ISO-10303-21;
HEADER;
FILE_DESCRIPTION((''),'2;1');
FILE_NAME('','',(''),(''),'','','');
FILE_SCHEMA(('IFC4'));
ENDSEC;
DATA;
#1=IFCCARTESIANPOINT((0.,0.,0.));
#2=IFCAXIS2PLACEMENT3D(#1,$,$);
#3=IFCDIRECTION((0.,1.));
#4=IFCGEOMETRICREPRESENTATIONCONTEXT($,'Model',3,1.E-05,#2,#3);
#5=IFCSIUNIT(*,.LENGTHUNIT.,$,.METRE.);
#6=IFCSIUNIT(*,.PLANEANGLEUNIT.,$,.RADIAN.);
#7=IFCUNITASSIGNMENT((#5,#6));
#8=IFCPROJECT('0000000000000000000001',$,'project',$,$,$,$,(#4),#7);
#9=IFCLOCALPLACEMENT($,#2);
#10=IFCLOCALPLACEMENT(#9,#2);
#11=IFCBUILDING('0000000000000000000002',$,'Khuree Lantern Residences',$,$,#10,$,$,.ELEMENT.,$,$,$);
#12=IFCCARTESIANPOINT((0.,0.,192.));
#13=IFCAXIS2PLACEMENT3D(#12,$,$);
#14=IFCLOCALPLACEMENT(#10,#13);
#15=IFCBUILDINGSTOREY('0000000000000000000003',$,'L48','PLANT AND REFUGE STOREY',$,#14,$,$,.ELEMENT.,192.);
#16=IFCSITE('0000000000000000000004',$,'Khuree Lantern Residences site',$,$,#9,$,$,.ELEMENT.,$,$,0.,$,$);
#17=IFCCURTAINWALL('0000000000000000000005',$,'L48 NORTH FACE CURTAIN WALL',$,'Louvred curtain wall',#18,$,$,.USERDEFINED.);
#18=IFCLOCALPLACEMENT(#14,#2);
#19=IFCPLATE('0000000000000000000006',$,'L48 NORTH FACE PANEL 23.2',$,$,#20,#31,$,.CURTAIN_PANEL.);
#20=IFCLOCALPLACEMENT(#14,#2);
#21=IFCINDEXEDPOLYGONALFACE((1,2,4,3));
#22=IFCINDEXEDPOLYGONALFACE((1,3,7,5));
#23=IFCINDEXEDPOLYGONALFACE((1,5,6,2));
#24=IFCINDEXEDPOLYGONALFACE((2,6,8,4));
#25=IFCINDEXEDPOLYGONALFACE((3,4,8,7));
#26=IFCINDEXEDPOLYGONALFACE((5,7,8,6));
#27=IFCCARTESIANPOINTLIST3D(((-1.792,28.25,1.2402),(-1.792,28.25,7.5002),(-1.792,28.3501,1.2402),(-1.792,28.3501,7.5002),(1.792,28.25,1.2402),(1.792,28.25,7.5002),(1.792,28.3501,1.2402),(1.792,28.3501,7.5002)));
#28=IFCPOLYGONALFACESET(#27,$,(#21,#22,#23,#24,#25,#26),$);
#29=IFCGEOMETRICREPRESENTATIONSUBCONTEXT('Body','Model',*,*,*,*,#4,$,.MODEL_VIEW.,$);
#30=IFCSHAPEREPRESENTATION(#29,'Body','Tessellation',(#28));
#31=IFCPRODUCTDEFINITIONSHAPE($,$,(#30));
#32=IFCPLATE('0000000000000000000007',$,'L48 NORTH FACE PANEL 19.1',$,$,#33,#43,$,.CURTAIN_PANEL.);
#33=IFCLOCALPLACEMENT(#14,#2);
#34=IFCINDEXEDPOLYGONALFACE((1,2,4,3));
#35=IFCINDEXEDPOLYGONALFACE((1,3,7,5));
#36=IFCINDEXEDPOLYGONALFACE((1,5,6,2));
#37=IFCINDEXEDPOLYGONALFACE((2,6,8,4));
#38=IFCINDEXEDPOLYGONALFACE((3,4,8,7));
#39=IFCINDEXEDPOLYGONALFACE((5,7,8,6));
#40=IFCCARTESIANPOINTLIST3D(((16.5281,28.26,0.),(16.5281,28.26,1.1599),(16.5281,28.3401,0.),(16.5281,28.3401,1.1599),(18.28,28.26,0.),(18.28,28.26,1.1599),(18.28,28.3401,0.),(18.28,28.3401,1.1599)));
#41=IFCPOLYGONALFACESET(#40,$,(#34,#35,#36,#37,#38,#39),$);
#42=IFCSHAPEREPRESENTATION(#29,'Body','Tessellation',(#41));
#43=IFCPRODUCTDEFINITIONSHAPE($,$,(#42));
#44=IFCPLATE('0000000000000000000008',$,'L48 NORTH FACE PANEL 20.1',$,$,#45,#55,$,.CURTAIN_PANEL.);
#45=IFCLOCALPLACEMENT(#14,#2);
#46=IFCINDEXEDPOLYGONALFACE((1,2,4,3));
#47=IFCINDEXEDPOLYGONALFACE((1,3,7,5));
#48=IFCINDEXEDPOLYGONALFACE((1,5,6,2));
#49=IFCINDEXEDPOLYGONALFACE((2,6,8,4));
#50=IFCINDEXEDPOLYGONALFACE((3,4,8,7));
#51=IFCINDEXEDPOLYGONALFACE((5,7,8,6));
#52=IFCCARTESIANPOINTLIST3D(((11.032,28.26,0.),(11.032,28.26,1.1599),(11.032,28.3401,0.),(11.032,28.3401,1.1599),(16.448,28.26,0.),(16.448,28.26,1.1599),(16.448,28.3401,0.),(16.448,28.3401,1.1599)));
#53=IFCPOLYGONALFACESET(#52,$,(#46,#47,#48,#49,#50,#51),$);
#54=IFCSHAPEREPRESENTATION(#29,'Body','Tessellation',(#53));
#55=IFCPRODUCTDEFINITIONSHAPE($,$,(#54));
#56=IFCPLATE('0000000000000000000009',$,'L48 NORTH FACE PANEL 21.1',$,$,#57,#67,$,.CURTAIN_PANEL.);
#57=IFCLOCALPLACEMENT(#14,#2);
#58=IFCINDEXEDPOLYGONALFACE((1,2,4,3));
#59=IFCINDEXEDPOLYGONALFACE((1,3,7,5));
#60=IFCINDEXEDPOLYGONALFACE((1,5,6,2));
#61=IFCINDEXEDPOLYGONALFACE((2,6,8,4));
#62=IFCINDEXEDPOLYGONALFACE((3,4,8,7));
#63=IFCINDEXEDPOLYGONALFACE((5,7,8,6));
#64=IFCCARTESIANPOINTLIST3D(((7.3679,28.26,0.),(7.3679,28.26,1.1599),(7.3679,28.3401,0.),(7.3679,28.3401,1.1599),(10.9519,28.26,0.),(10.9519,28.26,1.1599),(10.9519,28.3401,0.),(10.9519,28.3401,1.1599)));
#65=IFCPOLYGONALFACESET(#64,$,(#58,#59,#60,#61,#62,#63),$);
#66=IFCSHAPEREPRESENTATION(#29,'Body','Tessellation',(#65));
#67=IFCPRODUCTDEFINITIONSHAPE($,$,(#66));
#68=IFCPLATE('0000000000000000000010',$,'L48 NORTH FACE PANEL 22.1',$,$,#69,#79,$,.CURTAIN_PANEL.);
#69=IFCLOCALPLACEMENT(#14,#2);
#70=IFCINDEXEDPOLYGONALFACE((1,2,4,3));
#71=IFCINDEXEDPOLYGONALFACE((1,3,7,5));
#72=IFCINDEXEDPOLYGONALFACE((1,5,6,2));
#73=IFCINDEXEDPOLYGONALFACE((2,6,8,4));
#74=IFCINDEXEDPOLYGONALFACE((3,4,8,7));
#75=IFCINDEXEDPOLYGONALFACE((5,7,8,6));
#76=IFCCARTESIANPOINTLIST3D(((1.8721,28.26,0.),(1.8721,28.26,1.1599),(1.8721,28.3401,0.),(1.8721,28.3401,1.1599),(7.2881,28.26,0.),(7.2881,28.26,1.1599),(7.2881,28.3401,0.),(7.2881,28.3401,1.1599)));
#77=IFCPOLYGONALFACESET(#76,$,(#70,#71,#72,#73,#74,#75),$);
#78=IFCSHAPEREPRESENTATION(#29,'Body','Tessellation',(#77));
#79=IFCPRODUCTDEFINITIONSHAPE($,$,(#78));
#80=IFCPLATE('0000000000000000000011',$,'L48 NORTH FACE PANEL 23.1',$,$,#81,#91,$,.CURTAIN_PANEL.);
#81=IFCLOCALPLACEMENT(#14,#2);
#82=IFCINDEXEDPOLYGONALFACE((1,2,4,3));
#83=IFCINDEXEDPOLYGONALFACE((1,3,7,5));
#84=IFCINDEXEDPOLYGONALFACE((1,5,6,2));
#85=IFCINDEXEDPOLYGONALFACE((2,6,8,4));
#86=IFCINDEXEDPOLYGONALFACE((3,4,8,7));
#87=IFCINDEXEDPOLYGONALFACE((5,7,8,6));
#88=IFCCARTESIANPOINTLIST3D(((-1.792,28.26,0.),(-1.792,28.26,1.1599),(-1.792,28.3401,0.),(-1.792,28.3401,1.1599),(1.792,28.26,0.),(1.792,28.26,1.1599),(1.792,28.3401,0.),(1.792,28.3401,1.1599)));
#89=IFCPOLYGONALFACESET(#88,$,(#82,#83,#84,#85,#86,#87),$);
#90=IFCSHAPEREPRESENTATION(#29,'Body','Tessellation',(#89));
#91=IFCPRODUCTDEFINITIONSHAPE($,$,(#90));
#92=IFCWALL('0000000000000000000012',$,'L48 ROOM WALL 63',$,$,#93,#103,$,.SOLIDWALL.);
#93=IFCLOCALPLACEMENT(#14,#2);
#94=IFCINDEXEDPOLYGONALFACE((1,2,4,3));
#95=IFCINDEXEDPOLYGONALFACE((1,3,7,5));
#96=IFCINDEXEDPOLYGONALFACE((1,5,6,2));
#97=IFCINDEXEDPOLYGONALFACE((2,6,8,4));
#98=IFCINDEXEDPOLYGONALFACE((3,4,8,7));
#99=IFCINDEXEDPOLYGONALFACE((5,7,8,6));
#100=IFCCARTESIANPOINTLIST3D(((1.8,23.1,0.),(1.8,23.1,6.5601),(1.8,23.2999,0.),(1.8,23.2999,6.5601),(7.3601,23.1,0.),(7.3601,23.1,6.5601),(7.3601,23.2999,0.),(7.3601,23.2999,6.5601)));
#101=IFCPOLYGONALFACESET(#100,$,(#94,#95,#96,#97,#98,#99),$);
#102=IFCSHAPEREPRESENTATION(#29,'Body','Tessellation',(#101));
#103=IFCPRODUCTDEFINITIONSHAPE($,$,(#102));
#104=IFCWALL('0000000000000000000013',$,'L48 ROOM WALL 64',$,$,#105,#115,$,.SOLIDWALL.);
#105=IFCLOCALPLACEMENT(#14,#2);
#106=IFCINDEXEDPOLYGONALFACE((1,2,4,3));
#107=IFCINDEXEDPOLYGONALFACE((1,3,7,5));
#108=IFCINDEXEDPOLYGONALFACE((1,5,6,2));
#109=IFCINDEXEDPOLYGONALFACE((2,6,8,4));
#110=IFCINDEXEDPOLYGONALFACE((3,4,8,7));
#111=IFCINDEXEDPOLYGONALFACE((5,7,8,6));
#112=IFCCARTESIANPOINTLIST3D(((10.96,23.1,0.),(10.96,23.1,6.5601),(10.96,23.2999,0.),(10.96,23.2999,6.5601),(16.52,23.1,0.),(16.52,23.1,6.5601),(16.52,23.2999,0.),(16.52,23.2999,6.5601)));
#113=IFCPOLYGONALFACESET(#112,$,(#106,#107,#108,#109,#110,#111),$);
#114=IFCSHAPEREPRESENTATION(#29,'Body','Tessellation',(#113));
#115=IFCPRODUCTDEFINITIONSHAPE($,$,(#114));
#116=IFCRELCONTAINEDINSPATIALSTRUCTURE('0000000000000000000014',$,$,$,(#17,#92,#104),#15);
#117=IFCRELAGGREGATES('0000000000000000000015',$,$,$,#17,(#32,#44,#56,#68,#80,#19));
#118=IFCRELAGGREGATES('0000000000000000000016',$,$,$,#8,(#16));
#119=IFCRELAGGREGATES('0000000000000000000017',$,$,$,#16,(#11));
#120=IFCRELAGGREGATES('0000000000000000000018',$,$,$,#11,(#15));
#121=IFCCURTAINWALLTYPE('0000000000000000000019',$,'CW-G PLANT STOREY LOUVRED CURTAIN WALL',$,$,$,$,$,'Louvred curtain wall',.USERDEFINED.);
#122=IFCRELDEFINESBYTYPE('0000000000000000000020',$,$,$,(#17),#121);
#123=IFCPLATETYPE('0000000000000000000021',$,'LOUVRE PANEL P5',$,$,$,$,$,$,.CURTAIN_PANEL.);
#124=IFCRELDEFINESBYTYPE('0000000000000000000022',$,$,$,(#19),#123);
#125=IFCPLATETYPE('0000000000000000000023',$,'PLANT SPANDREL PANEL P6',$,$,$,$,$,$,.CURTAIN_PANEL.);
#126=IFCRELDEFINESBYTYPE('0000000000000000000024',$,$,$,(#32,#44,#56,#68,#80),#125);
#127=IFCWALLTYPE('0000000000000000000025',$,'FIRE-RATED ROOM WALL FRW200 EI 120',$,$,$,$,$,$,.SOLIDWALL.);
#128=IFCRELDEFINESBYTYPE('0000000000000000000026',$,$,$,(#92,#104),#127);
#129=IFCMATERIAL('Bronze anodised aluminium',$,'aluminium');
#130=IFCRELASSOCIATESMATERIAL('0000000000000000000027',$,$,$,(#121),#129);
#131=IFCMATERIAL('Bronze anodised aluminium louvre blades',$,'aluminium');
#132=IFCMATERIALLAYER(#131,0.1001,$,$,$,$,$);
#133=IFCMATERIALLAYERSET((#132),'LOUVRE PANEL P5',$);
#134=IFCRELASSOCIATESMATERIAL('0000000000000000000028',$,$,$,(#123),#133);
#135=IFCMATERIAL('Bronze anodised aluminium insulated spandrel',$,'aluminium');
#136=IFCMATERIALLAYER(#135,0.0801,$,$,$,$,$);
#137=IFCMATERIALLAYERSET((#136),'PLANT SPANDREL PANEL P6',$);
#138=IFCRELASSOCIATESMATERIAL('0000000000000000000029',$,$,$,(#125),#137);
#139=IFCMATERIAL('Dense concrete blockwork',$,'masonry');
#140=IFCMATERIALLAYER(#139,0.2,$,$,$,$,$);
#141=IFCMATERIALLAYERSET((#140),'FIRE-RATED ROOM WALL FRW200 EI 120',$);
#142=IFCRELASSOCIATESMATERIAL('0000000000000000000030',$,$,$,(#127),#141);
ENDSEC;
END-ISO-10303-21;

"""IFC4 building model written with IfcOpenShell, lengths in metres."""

from ifc_helpers import new_model, si_unit, direction, frame, frame_2d, origin, origin_2d, place, context, subcontext, project, spatial, rectangle, extrude, material, layer, layer_set, type_object, element, aggregate, save


model = new_model("IFC4")

# Units and contexts
model_context = context("Model", 3, precision=1e-05, world=origin(), true_north=direction((0.0, 1.0)))
body_context = subcontext(model_context, "Body", "Model", "MODEL_VIEW")
ifc_project = project(units=[si_unit("LENGTHUNIT", "METRE"), si_unit("PLANEANGLEUNIT", "RADIAN")], contexts=[model_context])

# Site, building, storey
site_placement = place(None, origin())
site = spatial("IfcSite", under=ifc_project, at=site_placement, Name="Khuree Lantern Residences site", CompositionType="ELEMENT", RefElevation=0.0)
building_placement = place(site_placement, origin())
building = spatial("IfcBuilding", under=site, at=building_placement, Name="Khuree Lantern Residences", CompositionType="ELEMENT")
storey_placement = place(building_placement, frame((0.0, 0.0, 192.0)))
storey = spatial("IfcBuildingStorey", under=building, at=storey_placement, Name="L48", Description="PLANT AND REFUGE STOREY", CompositionType="ELEMENT", Elevation=192.0)

# Curtain wall
ifc_material_1 = material(Name="Bronze anodised aluminium", Category="aluminium")
curtain_wall_type = type_object("IfcCurtainWallType", Name="CW-G PLANT STOREY LOUVRED CURTAIN WALL", ElementType="Louvred curtain wall", PredefinedType="USERDEFINED", material=ifc_material_1)
curtain_wall_placement = place(storey_placement, origin())
curtain_wall = element("IfcCurtainWall", 1, at=curtain_wall_placement, inside=storey, type_object=curtain_wall_type, Name="L48 NORTH FACE CURTAIN WALL", ObjectType="Louvred curtain wall", PredefinedType="USERDEFINED")

# Plates
ifc_material_2 = material(Name="Bronze anodised aluminium louvre blades", Category="aluminium")
ifc_layer_1 = layer(ifc_material_2, 0.1001)
ifc_layer_set_1 = layer_set([ifc_layer_1], Name="LOUVRE PANEL P5")
plate_type_1 = type_object("IfcPlateType", Name="LOUVRE PANEL P5", PredefinedType="CURTAIN_PANEL", material=ifc_layer_set_1)
plate_1_placement = place(storey_placement, frame((0.0, 28.3, 1.2402), z_axis=(0.0, 0.0, 1.0), x_axis=(-1.0, 0.0, 0.0)))
plate_1 = element("IfcPlate", 2, at=plate_1_placement, type_object=plate_type_1, Name="L48 NORTH FACE PANEL 23.2", PredefinedType="CURTAIN_PANEL", context=body_context, shape_type="SweptSolid", body=[
    extrude(rectangle(XDim=3.584, YDim=0.1001, at=origin_2d()), origin(), (0.0, 0.0, 1.0), 6.26),
])
ifc_material_3 = material(Name="Bronze anodised aluminium insulated spandrel", Category="aluminium")
ifc_layer_2 = layer(ifc_material_3, 0.0801)
ifc_layer_set_2 = layer_set([ifc_layer_2], Name="PLANT SPANDREL PANEL P6")
plate_type_2 = type_object("IfcPlateType", Name="PLANT SPANDREL PANEL P6", PredefinedType="CURTAIN_PANEL", material=ifc_layer_set_2)
plate_2_placement = place(storey_placement, frame((17.4041, 28.3, 0.0), z_axis=(0.0, 0.0, 1.0), x_axis=(-1.0, 0.0, 0.0)))
plate_2 = element("IfcPlate", 3, at=plate_2_placement, type_object=plate_type_2, Name="L48 NORTH FACE PANEL 19.1", PredefinedType="CURTAIN_PANEL", context=body_context, shape_type="SweptSolid", body=[
    extrude(rectangle(XDim=1.752, YDim=0.0801, at=origin_2d()), origin(), (0.0, 0.0, 1.0), 1.1599),
])
plate_3_placement = place(storey_placement, frame((13.74, 28.3, 0.0), z_axis=(0.0, 0.0, 1.0), x_axis=(-1.0, 0.0, 0.0)))
plate_3 = element("IfcPlate", 4, at=plate_3_placement, type_object=plate_type_2, Name="L48 NORTH FACE PANEL 20.1", PredefinedType="CURTAIN_PANEL", context=body_context, shape_type="SweptSolid", body=[
    extrude(rectangle(XDim=5.416, YDim=0.0801, at=origin_2d()), origin(), (0.0, 0.0, 1.0), 1.1599),
])
plate_4_placement = place(storey_placement, frame((9.1599, 28.3, 0.0), z_axis=(0.0, 0.0, 1.0), x_axis=(-1.0, 0.0, 0.0)))
plate_4 = element("IfcPlate", 5, at=plate_4_placement, type_object=plate_type_2, Name="L48 NORTH FACE PANEL 21.1", PredefinedType="CURTAIN_PANEL", context=body_context, shape_type="SweptSolid", body=[
    extrude(rectangle(XDim=3.584, YDim=0.0801, at=origin_2d()), origin(), (0.0, 0.0, 1.0), 1.1599),
])
plate_5_placement = place(storey_placement, frame((4.5801, 28.3, 0.0), z_axis=(0.0, 0.0, 1.0), x_axis=(-1.0, 0.0, 0.0)))
plate_5 = element("IfcPlate", 6, at=plate_5_placement, type_object=plate_type_2, Name="L48 NORTH FACE PANEL 22.1", PredefinedType="CURTAIN_PANEL", context=body_context, shape_type="SweptSolid", body=[
    extrude(rectangle(XDim=5.416, YDim=0.0801, at=origin_2d()), origin(), (0.0, 0.0, 1.0), 1.1599),
])
plate_6_placement = place(storey_placement, frame((0.0, 28.3, 0.0), z_axis=(0.0, 0.0, 1.0), x_axis=(-1.0, 0.0, 0.0)))
plate_6 = element("IfcPlate", 7, at=plate_6_placement, type_object=plate_type_2, Name="L48 NORTH FACE PANEL 23.1", PredefinedType="CURTAIN_PANEL", context=body_context, shape_type="SweptSolid", body=[
    extrude(rectangle(XDim=3.584, YDim=0.0801, at=origin_2d()), origin(), (0.0, 0.0, 1.0), 1.1599),
])
aggregate(curtain_wall, [plate_2, plate_3, plate_4, plate_5, plate_6, plate_1])

# Walls
ifc_material_4 = material(Name="Dense concrete blockwork", Category="masonry")
ifc_layer_3 = layer(ifc_material_4, 0.2)
ifc_layer_set_3 = layer_set([ifc_layer_3], Name="FIRE-RATED ROOM WALL FRW200 EI 120")
wall_type = type_object("IfcWallType", Name="FIRE-RATED ROOM WALL FRW200 EI 120", PredefinedType="SOLIDWALL", material=ifc_layer_set_3)
for number, where, z_axis, x_axis, name in (
    (8, (1.8, 23.2, 0.0), (0.0, 0.0, 1.0), (1.0, 0.0, 0.0), "L48 ROOM WALL 63"),
    (9, (10.96, 23.2, 0.0), (0.0, 0.0, 1.0), (1.0, 0.0, 0.0), "L48 ROOM WALL 64"),
):
    element("IfcWall", number, at=place(storey_placement, frame(where, z_axis=z_axis, x_axis=x_axis)), inside=storey, type_object=wall_type, Name=name, PredefinedType="SOLIDWALL", context=body_context, shape_type="SweptSolid", body=[
        extrude(rectangle(XDim=5.5601, YDim=0.2, at=frame_2d((2.78, 0.0))), origin(), (0.0, 0.0, 1.0), 6.5601),
    ])

save(model, "model.ifc")
